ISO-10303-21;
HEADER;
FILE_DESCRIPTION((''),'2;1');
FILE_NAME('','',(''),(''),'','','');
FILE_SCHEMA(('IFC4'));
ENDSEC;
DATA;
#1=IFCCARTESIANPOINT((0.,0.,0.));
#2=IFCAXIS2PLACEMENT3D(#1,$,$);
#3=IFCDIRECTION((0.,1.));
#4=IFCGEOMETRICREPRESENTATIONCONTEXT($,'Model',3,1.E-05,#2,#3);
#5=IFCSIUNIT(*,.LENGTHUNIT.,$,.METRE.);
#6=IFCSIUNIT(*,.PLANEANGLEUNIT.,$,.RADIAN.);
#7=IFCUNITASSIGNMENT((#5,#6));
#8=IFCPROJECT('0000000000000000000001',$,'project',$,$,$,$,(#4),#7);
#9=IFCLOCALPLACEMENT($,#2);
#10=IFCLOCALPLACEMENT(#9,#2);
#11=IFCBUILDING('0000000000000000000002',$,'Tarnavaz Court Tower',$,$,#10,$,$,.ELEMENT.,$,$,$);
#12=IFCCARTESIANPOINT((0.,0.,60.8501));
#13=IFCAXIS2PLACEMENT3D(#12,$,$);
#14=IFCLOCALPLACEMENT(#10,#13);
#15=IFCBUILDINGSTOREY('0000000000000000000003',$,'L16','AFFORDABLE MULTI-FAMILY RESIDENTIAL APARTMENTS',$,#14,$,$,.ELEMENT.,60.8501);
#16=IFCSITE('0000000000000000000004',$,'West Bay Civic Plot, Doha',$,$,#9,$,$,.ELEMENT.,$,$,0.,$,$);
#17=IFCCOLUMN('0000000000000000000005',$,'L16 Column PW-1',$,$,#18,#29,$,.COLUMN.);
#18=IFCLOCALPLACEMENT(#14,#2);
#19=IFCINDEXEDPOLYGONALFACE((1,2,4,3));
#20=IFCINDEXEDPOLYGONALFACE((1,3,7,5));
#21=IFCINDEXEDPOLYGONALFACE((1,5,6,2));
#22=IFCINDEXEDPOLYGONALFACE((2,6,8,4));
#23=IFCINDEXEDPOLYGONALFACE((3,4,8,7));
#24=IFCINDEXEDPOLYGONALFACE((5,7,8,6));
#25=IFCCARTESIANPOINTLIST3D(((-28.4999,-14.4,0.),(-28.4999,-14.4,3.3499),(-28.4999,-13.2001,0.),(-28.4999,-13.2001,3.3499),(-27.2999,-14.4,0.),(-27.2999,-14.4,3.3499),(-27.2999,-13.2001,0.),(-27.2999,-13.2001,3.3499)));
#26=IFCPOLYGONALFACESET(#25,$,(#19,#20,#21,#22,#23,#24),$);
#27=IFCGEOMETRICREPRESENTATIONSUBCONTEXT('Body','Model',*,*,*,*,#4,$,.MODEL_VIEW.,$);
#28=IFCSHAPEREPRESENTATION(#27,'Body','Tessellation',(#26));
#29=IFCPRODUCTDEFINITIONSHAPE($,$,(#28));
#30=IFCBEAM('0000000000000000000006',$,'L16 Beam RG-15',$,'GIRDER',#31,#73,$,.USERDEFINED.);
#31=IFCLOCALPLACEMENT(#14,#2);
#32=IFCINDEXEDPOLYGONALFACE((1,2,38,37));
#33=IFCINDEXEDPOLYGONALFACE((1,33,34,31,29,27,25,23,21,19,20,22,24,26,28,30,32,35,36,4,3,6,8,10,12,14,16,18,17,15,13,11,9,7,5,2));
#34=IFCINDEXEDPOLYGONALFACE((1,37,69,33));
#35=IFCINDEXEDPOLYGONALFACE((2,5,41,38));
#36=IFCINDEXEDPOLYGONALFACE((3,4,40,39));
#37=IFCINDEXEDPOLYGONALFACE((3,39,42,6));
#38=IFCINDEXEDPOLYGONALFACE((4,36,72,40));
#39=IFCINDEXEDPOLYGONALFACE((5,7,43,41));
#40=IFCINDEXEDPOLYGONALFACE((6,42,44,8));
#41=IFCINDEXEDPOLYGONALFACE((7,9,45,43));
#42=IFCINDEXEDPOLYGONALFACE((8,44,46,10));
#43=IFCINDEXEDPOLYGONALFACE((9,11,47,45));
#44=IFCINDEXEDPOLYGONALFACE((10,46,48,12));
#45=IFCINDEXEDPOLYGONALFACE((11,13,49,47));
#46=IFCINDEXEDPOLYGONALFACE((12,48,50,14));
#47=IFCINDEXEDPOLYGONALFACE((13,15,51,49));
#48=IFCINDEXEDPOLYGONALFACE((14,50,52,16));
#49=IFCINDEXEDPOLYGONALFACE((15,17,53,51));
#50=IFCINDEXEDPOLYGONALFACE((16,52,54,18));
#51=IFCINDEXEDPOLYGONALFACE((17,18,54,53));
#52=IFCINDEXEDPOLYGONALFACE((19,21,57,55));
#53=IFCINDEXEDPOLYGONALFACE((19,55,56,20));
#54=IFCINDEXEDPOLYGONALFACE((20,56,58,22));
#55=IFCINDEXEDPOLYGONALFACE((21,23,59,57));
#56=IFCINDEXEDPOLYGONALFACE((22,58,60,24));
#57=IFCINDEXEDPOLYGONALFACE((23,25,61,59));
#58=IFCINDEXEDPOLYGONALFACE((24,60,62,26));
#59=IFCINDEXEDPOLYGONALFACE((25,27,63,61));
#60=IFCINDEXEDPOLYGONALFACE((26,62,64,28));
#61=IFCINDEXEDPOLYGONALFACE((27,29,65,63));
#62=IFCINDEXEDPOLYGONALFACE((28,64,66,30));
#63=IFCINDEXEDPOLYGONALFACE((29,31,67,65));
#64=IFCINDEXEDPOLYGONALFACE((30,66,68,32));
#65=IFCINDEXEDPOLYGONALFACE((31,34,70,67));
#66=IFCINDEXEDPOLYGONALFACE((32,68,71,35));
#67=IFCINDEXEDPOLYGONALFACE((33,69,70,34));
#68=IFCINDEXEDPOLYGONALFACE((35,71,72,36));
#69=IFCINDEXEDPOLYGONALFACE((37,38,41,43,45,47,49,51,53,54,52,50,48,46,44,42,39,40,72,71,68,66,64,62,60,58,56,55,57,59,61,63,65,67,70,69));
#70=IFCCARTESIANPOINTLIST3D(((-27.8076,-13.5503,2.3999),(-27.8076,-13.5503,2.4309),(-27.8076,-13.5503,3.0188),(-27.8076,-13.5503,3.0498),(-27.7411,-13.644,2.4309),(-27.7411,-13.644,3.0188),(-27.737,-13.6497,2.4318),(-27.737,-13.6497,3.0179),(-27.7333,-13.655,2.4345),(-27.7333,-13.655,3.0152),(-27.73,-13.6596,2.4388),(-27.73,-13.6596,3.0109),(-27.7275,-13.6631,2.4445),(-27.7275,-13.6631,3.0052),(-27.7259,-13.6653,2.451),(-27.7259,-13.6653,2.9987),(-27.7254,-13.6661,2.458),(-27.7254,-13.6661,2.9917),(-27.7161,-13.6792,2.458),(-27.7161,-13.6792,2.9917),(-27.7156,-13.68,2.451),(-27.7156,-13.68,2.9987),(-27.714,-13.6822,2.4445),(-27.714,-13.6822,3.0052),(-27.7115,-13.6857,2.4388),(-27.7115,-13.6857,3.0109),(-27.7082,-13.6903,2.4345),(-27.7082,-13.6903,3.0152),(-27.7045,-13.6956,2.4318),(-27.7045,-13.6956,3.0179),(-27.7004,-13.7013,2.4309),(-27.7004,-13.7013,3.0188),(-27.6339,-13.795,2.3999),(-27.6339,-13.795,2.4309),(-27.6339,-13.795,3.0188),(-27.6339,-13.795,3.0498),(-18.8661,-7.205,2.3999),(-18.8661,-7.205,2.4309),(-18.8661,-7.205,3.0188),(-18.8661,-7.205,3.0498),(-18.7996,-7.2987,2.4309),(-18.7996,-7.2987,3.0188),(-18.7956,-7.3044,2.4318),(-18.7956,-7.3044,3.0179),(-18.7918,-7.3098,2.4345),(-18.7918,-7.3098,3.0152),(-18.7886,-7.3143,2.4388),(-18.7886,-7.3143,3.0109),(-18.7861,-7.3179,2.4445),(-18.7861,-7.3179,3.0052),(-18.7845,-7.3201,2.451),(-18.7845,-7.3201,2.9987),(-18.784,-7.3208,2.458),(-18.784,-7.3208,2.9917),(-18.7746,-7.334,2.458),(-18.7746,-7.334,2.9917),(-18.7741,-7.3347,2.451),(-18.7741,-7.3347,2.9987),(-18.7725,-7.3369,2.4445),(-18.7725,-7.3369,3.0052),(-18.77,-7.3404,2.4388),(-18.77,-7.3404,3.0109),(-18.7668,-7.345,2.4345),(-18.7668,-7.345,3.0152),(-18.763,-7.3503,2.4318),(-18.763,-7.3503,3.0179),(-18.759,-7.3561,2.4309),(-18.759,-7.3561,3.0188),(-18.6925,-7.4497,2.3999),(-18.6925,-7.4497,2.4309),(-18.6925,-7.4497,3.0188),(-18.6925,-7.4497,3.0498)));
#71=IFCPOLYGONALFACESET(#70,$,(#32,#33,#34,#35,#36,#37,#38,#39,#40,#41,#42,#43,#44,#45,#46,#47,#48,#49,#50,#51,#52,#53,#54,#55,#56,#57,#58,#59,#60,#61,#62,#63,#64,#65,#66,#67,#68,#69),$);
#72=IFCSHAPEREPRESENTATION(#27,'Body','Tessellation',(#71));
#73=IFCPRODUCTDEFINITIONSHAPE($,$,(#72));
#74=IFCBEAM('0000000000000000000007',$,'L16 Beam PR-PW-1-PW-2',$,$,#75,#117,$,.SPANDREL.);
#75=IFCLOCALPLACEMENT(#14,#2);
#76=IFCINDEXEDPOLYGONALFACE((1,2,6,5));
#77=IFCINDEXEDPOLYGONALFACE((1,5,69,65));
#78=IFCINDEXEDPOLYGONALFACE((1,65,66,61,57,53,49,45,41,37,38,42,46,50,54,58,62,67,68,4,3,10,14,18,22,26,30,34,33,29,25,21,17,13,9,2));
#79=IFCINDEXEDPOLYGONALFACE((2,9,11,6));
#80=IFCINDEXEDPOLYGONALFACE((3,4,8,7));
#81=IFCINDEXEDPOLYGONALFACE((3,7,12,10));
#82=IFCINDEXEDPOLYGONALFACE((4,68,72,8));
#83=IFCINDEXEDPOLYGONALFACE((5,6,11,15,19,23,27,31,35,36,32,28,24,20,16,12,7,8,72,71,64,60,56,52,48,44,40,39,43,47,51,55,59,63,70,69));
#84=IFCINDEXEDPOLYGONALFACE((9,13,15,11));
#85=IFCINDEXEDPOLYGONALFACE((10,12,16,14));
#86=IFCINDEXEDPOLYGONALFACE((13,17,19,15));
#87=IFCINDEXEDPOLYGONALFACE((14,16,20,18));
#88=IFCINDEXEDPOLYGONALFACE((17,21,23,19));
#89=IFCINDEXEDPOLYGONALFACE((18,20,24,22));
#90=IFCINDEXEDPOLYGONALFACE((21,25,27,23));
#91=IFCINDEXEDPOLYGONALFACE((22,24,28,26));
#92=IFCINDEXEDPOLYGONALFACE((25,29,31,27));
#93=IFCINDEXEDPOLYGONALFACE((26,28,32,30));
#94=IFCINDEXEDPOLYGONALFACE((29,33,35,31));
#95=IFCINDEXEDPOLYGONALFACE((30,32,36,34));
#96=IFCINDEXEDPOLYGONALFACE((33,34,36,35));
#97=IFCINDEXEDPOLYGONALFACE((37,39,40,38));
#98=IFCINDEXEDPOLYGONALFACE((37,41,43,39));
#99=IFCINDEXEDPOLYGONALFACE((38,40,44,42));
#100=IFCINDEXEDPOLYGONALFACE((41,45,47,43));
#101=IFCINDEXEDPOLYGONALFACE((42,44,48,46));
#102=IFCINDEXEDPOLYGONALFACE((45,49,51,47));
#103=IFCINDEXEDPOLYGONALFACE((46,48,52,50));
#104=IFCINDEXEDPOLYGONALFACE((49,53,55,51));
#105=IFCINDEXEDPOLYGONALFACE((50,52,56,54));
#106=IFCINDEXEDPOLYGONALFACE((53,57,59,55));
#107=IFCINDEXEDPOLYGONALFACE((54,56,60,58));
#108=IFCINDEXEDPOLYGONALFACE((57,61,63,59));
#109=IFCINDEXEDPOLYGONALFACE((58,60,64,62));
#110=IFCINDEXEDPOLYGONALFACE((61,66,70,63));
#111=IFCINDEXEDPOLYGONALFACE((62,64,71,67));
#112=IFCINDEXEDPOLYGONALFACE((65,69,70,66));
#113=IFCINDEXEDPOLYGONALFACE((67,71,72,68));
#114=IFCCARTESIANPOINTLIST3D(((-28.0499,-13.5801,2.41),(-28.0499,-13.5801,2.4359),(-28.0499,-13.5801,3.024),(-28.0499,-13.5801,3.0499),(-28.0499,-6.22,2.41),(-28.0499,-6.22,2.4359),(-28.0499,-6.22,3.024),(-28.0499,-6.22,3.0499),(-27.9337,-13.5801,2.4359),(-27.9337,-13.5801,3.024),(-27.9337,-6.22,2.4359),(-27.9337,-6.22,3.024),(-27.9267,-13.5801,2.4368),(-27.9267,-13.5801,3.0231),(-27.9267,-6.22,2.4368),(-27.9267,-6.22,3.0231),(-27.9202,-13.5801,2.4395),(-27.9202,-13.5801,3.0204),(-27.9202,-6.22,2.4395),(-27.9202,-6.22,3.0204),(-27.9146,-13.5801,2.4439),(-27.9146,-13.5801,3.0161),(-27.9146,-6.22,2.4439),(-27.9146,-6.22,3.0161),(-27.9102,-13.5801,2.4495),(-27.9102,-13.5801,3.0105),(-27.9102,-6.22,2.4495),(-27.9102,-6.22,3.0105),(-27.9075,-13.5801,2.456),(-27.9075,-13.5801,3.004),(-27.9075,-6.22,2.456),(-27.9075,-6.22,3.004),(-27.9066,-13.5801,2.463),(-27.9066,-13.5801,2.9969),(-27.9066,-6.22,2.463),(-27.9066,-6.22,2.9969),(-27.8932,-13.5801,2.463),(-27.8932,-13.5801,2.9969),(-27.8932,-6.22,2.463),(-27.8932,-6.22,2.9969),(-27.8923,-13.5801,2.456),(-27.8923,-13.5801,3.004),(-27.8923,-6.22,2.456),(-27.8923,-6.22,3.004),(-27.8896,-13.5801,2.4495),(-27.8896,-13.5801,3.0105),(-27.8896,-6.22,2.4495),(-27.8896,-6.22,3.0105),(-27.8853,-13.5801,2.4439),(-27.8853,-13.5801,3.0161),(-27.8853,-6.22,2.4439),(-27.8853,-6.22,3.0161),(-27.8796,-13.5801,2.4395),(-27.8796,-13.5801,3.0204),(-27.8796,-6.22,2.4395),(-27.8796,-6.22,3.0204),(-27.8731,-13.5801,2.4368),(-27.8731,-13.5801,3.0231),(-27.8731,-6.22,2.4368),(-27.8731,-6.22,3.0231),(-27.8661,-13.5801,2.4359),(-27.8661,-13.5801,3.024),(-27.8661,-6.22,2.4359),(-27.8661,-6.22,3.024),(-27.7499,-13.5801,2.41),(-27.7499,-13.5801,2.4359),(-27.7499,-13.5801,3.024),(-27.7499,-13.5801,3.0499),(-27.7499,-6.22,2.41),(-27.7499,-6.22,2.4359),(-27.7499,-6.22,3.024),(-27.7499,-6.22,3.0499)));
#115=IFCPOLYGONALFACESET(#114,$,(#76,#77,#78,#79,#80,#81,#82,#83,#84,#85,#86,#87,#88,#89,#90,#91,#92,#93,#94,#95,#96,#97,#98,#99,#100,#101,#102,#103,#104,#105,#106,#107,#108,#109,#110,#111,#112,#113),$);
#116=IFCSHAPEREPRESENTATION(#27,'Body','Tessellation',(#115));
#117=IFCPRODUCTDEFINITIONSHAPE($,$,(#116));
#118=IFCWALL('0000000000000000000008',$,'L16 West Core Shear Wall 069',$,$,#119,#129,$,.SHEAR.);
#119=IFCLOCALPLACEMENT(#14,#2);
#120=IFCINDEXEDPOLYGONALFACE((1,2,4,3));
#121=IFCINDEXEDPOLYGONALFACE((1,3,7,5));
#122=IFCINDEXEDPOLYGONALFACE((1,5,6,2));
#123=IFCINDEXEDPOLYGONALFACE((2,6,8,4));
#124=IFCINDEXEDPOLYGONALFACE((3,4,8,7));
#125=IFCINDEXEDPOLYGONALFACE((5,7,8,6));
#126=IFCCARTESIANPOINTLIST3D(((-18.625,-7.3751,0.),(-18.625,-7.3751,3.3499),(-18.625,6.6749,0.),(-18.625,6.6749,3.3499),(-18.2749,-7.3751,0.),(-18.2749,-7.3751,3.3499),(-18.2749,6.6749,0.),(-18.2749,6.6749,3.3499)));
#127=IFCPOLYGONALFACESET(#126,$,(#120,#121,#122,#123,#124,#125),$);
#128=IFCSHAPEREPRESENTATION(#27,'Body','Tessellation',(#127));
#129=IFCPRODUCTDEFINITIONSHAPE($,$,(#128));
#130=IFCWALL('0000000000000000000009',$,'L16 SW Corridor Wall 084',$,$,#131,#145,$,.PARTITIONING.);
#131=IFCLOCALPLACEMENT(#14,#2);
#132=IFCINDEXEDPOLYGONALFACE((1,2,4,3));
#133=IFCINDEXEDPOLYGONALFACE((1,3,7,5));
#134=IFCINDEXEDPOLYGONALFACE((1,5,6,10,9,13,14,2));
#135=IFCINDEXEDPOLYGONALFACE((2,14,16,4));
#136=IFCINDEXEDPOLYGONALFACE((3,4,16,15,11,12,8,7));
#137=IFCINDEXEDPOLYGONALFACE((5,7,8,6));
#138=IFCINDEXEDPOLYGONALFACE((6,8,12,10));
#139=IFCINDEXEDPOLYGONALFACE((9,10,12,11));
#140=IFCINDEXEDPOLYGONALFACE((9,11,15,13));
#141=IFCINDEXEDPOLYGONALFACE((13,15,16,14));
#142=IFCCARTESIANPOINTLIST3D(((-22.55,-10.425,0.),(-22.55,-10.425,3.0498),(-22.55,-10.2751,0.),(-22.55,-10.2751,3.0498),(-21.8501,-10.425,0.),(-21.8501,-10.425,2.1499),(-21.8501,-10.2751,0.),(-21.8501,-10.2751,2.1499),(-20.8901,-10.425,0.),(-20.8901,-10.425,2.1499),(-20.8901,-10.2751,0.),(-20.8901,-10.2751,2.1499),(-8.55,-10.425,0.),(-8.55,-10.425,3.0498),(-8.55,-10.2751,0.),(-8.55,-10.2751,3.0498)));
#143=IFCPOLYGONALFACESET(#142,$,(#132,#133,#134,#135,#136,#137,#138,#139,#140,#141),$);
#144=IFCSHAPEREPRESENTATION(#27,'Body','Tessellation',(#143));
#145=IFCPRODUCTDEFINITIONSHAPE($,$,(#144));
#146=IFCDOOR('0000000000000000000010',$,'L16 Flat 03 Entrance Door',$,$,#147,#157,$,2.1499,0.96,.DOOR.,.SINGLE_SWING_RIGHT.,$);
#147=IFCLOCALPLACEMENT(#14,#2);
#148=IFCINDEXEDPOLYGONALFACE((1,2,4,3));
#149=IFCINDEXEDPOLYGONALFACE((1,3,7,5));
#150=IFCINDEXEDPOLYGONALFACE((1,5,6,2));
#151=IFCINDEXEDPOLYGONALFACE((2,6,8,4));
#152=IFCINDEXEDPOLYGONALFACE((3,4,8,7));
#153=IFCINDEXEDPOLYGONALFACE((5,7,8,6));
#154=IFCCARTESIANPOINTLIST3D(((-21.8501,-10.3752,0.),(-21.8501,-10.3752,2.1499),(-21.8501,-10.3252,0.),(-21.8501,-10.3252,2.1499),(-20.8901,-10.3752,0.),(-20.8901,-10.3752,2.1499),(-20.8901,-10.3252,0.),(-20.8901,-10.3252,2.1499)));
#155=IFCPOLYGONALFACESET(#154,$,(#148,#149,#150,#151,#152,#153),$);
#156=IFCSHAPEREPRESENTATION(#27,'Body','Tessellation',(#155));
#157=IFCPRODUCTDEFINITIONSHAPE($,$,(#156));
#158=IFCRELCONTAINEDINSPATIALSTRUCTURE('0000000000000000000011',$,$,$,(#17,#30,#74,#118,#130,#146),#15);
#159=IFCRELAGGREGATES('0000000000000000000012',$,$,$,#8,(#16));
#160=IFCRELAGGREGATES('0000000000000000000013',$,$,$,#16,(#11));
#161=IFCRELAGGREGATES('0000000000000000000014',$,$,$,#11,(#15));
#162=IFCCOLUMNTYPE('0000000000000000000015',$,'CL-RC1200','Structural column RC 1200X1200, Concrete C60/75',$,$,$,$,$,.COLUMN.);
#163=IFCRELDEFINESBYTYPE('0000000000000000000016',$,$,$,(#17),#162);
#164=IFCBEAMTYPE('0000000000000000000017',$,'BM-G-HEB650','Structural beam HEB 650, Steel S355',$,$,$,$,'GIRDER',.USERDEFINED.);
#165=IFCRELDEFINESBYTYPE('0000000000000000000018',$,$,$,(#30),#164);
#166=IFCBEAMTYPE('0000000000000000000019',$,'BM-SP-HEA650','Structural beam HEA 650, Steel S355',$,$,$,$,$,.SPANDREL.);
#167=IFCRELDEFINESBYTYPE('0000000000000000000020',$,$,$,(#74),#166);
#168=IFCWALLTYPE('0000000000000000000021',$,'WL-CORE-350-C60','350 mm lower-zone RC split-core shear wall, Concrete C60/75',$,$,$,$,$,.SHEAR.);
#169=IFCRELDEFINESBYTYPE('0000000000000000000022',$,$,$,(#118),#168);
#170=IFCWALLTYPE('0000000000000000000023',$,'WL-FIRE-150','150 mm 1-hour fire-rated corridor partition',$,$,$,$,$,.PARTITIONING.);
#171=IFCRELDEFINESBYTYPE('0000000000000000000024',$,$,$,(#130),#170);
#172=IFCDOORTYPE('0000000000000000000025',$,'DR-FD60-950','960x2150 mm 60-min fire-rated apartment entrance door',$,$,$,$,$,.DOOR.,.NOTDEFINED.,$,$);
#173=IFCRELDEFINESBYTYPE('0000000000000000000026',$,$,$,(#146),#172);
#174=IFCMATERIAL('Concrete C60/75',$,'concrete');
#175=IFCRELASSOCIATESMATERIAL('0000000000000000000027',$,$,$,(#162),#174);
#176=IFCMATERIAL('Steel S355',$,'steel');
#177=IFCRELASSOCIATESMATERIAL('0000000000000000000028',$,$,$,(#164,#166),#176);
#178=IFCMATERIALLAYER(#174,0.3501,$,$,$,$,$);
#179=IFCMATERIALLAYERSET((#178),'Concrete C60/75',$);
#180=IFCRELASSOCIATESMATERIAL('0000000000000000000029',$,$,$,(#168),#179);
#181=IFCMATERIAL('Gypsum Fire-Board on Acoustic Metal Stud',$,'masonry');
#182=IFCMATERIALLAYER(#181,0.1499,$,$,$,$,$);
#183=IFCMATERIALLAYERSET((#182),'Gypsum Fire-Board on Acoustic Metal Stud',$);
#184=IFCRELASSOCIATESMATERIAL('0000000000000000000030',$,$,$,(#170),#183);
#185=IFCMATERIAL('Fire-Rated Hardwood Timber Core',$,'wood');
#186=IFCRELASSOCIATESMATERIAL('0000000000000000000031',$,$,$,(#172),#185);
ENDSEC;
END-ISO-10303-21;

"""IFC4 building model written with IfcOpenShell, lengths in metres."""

from ifc_helpers import new_model, si_unit, direction, frame, frame_2d, origin, origin_2d, place, context, subcontext, project, spatial, rectangle, i_section, extrude, material, layer, layer_set, material_profile, profile_set, type_object, element, fill, save


model = new_model("IFC4")

# Units and contexts
model_context = context("Model", 3, precision=1e-05, world=origin(), true_north=direction((0.0, 1.0)))
body_context = subcontext(model_context, "Body", "Model", "MODEL_VIEW")
ifc_project = project(units=[si_unit("LENGTHUNIT", "METRE"), si_unit("PLANEANGLEUNIT", "RADIAN")], contexts=[model_context])

# Site, building, storey
site_placement = place(None, origin())
site = spatial("IfcSite", under=ifc_project, at=site_placement, Name="West Bay Civic Plot, Doha", CompositionType="ELEMENT", RefElevation=0.0)
building_placement = place(site_placement, origin())
building = spatial("IfcBuilding", under=site, at=building_placement, Name="Tarnavaz Court Tower", CompositionType="ELEMENT")
storey_placement = place(building_placement, frame((0.0, 0.0, 60.8501)))
storey = spatial("IfcBuildingStorey", under=building, at=storey_placement, Name="L16", Description="AFFORDABLE MULTI-FAMILY RESIDENTIAL APARTMENTS", CompositionType="ELEMENT", Elevation=60.8501)

# Column
ifc_material_1 = material(Name="Concrete C60/75", Category="concrete")
ifc_material_profile_1 = material_profile(ifc_material_1, rectangle(XDim=1.2, YDim=1.2, at=origin_2d()), Name="RC 1200X1200")
ifc_profile_set_1 = profile_set([ifc_material_profile_1], Name="Concrete C60/75")
column_type = type_object("IfcColumnType", Name="CL-RC1200", Description="Structural column RC 1200X1200, Concrete C60/75", PredefinedType="COLUMN", material=ifc_profile_set_1)
column_placement = place(storey_placement, frame((-27.8999, -13.8, 0.0), z_axis=(0.0, 0.0, 1.0), x_axis=(1.0, 0.0, 0.0)))
element("IfcColumn", 1, at=column_placement, inside=storey, type_object=column_type, Name="L16 Column PW-1", PredefinedType="COLUMN", context=body_context, shape_type="SweptSolid", body=[
    extrude(rectangle(XDim=1.2, YDim=1.2, at=origin_2d()), origin(), (0.0, 0.0, 1.0), 3.3499),
])

# Beams
ifc_material_2 = material(Name="Steel S355", Category="steel")
ifc_material_profile_2 = material_profile(ifc_material_2, i_section(OverallWidth=0.3, OverallDepth=0.6499, WebThickness=0.0161, FlangeThickness=0.031, FilletRadius=0.0271, at=origin_2d()), Name="HEB 650")
ifc_profile_set_2 = profile_set([ifc_material_profile_2], Name="Steel S355")
beam_type_1 = type_object("IfcBeamType", Name="BM-G-HEB650", Description="Structural beam HEB 650, Steel S355", ElementType="GIRDER", PredefinedType="USERDEFINED", material=ifc_profile_set_2)
beam_1_placement = place(storey_placement, frame((-18.7793, -7.3274, 2.7249), z_axis=(-0.81552, -0.578729, 0.0), x_axis=(0.578729, -0.81552, 0.0)))
element("IfcBeam", 2, at=beam_1_placement, inside=storey, type_object=beam_type_1, Name="L16 Beam RG-15", ObjectType="GIRDER", PredefinedType="USERDEFINED", context=body_context, shape_type="SweptSolid", body=[
    extrude(i_section(OverallWidth=0.3, OverallDepth=0.6499, WebThickness=0.0161, FlangeThickness=0.031, FilletRadius=0.0271, at=origin_2d()), origin(), (0.0, 0.0, 1.0), 10.9641),
])
ifc_material_profile_3 = material_profile(ifc_material_2, i_section(OverallWidth=0.3, OverallDepth=0.6399, WebThickness=0.0134, FlangeThickness=0.0259, FilletRadius=0.0271, at=origin_2d()), Name="HEA 650")
ifc_profile_set_3 = profile_set([ifc_material_profile_3], Name="Steel S355")
beam_type_2 = type_object("IfcBeamType", Name="BM-SP-HEA650", Description="Structural beam HEA 650, Steel S355", PredefinedType="SPANDREL", material=ifc_profile_set_3)
beam_2_placement = place(storey_placement, frame((-27.8999, -13.5801, 2.73), z_axis=(0.0, 1.0, 0.0), x_axis=(-1.0, 0.0, 0.0)))
element("IfcBeam", 3, at=beam_2_placement, inside=storey, type_object=beam_type_2, Name="L16 Beam PR-PW-1-PW-2", PredefinedType="SPANDREL", context=body_context, shape_type="SweptSolid", body=[
    extrude(i_section(OverallWidth=0.3, OverallDepth=0.6399, WebThickness=0.0134, FlangeThickness=0.0259, FilletRadius=0.0271, at=origin_2d()), origin(), (0.0, 0.0, 1.0), 7.3601),
])

# Wall
ifc_layer_1 = layer(ifc_material_1, 0.3501)
ifc_layer_set_1 = layer_set([ifc_layer_1], Name="Concrete C60/75")
wall_type_1 = type_object("IfcWallType", Name="WL-CORE-350-C60", Description="350 mm lower-zone RC split-core shear wall, Concrete C60/75", PredefinedType="SHEAR", material=ifc_layer_set_1)
wall_1_placement = place(storey_placement, frame((-18.45, -7.375, 0.0), z_axis=(0.0, 0.0, 1.0), x_axis=(0.0, 1.0, 0.0)))
element("IfcWall", 4, at=wall_1_placement, inside=storey, type_object=wall_type_1, Name="L16 West Core Shear Wall 069", PredefinedType="SHEAR", context=body_context, shape_type="SweptSolid", body=[
    extrude(rectangle(XDim=14.05, YDim=0.3501, at=frame_2d((7.0249, 0.0))), origin(), (0.0, 0.0, 1.0), 3.3499),
])

# Wall, opening, door
ifc_material_3 = material(Name="Gypsum Fire-Board on Acoustic Metal Stud", Category="masonry")
ifc_layer_2 = layer(ifc_material_3, 0.1499)
ifc_layer_set_2 = layer_set([ifc_layer_2], Name="Gypsum Fire-Board on Acoustic Metal Stud")
wall_type_2 = type_object("IfcWallType", Name="WL-FIRE-150", Description="150 mm 1-hour fire-rated corridor partition", PredefinedType="PARTITIONING", material=ifc_layer_set_2)
wall_2_placement = place(storey_placement, frame((-22.55, -10.3501, 0.0), z_axis=(0.0, 0.0, 1.0), x_axis=(1.0, 0.0, 0.0)))
wall_2 = element("IfcWall", 5, at=wall_2_placement, inside=storey, type_object=wall_type_2, Name="L16 SW Corridor Wall 084", PredefinedType="PARTITIONING", context=body_context, shape_type="SweptSolid", body=[
    extrude(rectangle(XDim=14.0, YDim=0.1499, at=frame_2d((7.0, 0.0))), origin(), (0.0, 0.0, 1.0), 3.0498),
])
opening_1_placement = place(wall_2_placement, frame((0.7, 0.0, 0.0)))
opening_1 = element("IfcOpeningElement", 6, at=opening_1_placement, cuts=wall_2, PredefinedType="OPENING", context=body_context, shape_type="SweptSolid", body=[
    extrude(rectangle(XDim=0.96, YDim=2.1499, at=frame_2d((0.48, 1.075))), frame((0.0, 0.085, 0.0), z_axis=(0.0, -1.0, 0.0), x_axis=(1.0, 0.0, 0.0)), (0.0, 0.0, 1.0), 0.1699),
])
ifc_material_4 = material(Name="Fire-Rated Hardwood Timber Core", Category="wood")
door_type_1 = type_object("IfcDoorType", Name="DR-FD60-950", Description="960x2150 mm 60-min fire-rated apartment entrance door", OperationType="NOTDEFINED", PredefinedType="DOOR", material=ifc_material_4)
door_1_placement = place(opening_1_placement, origin())
door_1 = element("IfcDoor", 7, at=door_1_placement, inside=storey, type_object=door_type_1, Name="L16 Flat 03 Entrance Door", OperationType="SINGLE_SWING_RIGHT", OverallHeight=2.1499, OverallWidth=0.96, PredefinedType="DOOR", context=body_context, shape_type="SweptSolid", body=[
    extrude(rectangle(XDim=0.96, YDim=2.1499, at=frame_2d((0.48, 1.075))), frame((0.0, 0.0249, 0.0), z_axis=(0.0, -1.0, 0.0), x_axis=(1.0, 0.0, 0.0)), (0.0, 0.0, 1.0), 0.05),
])
fill(opening_1, door_1)

save(model, "model.ifc")
